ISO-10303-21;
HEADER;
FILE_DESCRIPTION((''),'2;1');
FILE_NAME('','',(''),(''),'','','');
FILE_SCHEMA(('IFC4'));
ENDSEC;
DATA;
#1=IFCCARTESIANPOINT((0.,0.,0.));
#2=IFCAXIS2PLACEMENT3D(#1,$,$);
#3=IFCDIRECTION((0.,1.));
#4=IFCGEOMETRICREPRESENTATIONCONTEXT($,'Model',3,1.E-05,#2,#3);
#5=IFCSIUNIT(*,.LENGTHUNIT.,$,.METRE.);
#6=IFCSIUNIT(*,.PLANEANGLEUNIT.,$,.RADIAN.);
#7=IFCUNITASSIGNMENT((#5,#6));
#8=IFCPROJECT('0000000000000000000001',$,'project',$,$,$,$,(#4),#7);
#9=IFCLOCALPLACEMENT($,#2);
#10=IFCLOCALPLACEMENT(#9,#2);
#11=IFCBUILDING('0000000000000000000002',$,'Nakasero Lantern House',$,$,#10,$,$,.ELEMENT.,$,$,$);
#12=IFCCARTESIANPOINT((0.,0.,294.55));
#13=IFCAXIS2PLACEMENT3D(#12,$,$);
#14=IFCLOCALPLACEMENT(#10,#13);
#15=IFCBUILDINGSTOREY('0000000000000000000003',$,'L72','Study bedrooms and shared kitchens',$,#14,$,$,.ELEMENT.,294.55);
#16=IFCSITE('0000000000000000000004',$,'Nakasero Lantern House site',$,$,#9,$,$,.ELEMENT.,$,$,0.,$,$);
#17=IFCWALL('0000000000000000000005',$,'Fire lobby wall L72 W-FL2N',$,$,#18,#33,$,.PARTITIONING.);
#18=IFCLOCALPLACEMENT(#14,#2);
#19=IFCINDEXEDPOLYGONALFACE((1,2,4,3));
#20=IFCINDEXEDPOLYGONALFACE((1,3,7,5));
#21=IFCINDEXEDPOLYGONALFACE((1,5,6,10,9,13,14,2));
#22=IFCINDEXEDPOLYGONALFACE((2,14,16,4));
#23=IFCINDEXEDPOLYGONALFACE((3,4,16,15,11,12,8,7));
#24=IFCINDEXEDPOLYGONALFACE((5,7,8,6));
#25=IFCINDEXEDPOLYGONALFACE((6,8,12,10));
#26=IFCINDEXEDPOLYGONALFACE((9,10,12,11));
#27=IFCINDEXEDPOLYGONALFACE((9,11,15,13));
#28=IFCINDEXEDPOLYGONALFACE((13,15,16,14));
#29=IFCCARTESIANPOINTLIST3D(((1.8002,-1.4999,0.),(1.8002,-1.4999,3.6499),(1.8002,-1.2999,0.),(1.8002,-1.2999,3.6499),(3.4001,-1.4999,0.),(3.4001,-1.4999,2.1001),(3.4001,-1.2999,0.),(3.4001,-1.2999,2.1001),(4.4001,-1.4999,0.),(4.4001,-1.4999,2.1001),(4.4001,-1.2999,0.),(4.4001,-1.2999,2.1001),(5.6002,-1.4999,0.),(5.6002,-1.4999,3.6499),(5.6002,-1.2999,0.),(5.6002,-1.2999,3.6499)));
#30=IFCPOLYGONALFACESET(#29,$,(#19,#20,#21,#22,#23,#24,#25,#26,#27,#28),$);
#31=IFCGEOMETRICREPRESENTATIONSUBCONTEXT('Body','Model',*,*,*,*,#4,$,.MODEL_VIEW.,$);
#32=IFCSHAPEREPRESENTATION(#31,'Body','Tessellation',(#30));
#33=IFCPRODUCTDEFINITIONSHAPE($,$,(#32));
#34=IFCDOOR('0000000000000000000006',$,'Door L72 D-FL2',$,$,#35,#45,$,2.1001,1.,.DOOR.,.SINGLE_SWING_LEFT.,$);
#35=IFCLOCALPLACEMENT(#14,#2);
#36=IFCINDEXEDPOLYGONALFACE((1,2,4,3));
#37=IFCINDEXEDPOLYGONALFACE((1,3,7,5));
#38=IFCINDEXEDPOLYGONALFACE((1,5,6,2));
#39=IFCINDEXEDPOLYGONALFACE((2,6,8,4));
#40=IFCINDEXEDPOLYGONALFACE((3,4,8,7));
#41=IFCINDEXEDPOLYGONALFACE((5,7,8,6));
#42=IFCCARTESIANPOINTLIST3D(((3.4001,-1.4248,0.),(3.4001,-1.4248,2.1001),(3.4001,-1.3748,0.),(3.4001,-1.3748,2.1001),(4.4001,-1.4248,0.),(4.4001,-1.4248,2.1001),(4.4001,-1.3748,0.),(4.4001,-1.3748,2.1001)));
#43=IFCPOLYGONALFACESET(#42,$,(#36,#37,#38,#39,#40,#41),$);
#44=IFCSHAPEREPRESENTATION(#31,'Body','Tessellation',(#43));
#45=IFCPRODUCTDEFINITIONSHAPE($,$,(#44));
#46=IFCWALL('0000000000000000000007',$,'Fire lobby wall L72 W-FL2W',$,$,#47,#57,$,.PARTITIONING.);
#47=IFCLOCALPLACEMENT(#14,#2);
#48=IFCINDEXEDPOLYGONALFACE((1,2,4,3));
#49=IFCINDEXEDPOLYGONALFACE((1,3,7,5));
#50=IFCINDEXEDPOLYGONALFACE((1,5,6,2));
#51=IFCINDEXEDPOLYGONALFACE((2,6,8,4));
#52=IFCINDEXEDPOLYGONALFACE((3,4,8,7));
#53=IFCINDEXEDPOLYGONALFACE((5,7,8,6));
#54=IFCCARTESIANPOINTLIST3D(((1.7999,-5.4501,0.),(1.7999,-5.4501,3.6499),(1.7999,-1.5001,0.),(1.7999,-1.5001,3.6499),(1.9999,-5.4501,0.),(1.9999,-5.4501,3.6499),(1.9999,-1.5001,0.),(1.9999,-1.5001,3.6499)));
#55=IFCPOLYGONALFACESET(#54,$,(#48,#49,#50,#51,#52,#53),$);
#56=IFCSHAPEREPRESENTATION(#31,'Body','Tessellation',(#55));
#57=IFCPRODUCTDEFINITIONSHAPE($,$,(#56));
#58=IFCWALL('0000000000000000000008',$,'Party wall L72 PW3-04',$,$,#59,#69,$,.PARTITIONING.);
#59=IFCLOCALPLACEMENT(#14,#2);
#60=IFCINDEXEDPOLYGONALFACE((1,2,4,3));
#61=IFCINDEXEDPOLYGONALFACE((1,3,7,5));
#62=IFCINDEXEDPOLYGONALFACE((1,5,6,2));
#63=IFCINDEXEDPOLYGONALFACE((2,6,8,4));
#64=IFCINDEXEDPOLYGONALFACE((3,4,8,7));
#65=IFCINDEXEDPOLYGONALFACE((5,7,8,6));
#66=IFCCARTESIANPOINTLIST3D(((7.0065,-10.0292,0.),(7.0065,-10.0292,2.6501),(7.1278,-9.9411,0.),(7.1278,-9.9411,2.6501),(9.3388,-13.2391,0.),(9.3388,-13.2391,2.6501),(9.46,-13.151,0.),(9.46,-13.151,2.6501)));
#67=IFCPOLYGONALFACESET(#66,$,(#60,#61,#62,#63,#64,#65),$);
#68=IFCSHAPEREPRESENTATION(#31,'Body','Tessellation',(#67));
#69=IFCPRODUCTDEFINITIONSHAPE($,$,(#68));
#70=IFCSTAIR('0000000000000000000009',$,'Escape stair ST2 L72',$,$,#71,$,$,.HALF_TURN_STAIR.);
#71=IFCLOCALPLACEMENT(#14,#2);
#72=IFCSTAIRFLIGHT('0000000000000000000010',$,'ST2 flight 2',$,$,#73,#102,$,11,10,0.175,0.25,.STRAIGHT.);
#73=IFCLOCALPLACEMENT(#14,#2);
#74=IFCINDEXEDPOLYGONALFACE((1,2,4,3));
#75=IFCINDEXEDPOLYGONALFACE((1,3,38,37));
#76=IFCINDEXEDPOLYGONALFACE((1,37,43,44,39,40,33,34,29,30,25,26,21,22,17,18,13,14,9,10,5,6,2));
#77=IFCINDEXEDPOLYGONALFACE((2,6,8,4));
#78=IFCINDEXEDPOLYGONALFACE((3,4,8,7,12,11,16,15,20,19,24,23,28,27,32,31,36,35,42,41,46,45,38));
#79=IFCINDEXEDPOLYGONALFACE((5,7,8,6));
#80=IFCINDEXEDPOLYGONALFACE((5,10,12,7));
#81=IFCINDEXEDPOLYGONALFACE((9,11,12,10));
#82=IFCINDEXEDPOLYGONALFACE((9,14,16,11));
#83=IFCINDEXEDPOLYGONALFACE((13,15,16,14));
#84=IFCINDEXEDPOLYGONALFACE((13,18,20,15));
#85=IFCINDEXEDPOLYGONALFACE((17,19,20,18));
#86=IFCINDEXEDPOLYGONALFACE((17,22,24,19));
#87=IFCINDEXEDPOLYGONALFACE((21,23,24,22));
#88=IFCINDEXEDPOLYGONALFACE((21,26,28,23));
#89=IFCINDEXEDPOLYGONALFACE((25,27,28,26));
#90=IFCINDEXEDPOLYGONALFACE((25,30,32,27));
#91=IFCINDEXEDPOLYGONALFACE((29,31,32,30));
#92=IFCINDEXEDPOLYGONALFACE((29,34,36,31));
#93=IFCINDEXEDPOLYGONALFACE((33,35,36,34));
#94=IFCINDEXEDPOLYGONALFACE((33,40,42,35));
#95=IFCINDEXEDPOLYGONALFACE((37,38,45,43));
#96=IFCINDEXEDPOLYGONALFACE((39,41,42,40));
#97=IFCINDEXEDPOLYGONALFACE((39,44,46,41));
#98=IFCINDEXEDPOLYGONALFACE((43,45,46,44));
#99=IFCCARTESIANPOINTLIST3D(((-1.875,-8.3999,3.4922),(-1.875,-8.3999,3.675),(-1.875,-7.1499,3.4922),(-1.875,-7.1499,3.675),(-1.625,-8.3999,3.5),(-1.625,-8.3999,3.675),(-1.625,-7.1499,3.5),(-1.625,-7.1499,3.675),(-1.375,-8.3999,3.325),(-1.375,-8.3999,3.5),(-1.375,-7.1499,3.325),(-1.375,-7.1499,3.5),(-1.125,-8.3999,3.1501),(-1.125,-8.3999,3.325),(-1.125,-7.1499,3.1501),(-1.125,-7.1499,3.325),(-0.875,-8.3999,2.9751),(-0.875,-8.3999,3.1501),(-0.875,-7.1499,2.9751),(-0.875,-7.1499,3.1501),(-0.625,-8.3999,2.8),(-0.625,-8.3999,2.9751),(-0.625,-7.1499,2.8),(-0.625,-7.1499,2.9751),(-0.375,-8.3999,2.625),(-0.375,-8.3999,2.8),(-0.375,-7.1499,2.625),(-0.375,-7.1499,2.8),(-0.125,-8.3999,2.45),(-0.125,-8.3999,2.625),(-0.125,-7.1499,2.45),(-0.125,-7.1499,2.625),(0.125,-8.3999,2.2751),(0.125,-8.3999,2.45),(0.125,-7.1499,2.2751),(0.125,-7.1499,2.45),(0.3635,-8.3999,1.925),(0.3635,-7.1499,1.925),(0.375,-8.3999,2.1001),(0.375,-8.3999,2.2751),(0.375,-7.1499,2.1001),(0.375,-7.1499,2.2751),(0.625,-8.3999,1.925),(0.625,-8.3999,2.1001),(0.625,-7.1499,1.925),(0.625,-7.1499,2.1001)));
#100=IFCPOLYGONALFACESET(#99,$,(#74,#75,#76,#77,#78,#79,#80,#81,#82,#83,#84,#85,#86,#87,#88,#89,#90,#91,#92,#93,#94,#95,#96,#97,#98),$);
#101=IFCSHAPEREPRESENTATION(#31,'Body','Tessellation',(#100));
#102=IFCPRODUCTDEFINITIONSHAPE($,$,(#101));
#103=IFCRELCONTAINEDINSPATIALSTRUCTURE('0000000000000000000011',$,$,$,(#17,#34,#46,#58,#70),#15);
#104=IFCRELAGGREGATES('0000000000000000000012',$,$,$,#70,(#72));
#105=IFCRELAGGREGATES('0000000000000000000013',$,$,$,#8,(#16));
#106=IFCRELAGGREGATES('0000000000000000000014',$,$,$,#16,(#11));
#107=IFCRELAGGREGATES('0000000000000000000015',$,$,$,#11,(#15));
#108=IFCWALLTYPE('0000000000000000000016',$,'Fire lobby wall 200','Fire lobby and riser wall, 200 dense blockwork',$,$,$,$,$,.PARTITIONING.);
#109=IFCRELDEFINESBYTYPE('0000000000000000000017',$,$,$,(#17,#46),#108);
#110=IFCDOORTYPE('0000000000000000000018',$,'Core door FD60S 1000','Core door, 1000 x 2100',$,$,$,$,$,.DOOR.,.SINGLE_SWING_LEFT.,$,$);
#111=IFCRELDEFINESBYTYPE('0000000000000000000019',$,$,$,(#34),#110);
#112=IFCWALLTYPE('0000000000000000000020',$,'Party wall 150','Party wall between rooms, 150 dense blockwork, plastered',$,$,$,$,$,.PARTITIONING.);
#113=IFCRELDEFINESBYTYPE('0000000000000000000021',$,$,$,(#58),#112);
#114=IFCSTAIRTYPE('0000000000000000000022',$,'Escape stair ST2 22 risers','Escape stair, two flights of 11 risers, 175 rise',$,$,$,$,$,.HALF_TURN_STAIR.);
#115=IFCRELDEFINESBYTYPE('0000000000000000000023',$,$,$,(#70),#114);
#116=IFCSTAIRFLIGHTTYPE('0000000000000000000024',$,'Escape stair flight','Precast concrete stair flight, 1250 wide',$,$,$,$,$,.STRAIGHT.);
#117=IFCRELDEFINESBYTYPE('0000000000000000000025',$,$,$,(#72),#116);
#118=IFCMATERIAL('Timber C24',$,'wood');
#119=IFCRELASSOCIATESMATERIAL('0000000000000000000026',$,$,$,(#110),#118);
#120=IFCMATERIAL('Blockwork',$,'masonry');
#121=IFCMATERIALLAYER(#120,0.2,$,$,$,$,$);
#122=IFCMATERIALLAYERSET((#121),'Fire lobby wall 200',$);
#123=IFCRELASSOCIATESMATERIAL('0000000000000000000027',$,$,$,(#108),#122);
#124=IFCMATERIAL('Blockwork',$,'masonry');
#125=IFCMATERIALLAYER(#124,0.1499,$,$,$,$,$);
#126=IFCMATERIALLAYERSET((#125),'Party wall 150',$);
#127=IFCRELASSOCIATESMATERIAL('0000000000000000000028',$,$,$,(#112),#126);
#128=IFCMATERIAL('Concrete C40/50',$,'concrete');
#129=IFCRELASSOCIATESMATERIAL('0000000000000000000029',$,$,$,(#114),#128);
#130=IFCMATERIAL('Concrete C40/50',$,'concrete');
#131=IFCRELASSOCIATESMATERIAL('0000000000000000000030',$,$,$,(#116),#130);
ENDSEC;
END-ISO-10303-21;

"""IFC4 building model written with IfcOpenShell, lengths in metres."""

from ifc_helpers import new_model, si_unit, direction, frame, frame_2d, origin, place, context, subcontext, project, spatial, polyline, rectangle, outline, extrude, material, layer, layer_set, type_object, element, fill, aggregate, save


model = new_model("IFC4")

# Units and contexts
model_context = context("Model", 3, precision=1e-05, world=origin(), true_north=direction((0.0, 1.0)))
body_context = subcontext(model_context, "Body", "Model", "MODEL_VIEW")
ifc_project = project(units=[si_unit("LENGTHUNIT", "METRE"), si_unit("PLANEANGLEUNIT", "RADIAN")], contexts=[model_context])

# Site, building, storey
site_placement = place(None, origin())
site = spatial("IfcSite", under=ifc_project, at=site_placement, Name="Nakasero Lantern House site", CompositionType="ELEMENT", RefElevation=0.0)
building_placement = place(site_placement, origin())
building = spatial("IfcBuilding", under=site, at=building_placement, Name="Nakasero Lantern House", CompositionType="ELEMENT")
storey_placement = place(building_placement, frame((0.0, 0.0, 294.55)))
storey = spatial("IfcBuildingStorey", under=building, at=storey_placement, Name="L72", Description="Study bedrooms and shared kitchens", CompositionType="ELEMENT", Elevation=294.55)

# Shared definitions
ifc_material_1 = material(Name="Timber C24", Category="wood")
door_type_1 = type_object("IfcDoorType", Name="Core door FD60S 1000", Description="Core door, 1000 x 2100", OperationType="SINGLE_SWING_LEFT", PredefinedType="DOOR", material=ifc_material_1)

# Wall, opening, door
ifc_material_2 = material(Name="Blockwork", Category="masonry")
ifc_layer_1 = layer(ifc_material_2, 0.2)
ifc_layer_set_1 = layer_set([ifc_layer_1], Name="Fire lobby wall 200")
wall_type_1 = type_object("IfcWallType", Name="Fire lobby wall 200", Description="Fire lobby and riser wall, 200 dense blockwork", PredefinedType="PARTITIONING", material=ifc_layer_set_1)
wall_1_placement = place(storey_placement, frame((5.6001, -1.3999, 0.0), z_axis=(0.0, 0.0, 1.0), x_axis=(-1.0, 0.0, 0.0)))
wall_1 = element("IfcWall", 1, at=wall_1_placement, inside=storey, type_object=wall_type_1, Name="Fire lobby wall L72 W-FL2N", PredefinedType="PARTITIONING", context=body_context, shape_type="SweptSolid", body=[
    extrude(rectangle(XDim=3.8, YDim=0.2, at=frame_2d((1.8999, 0.0))), origin(), (0.0, 0.0, 1.0), 3.6499),
])
opening_1_placement = place(wall_1_placement, frame((1.2, 0.0, 0.0)))
opening_1 = element("IfcOpeningElement", 2, at=opening_1_placement, cuts=wall_1, PredefinedType="OPENING", context=body_context, shape_type="SweptSolid", body=[
    extrude(rectangle(XDim=1.0, YDim=2.1001, at=frame_2d((0.5, 1.05))), frame((0.0, 0.1199, 0.0), z_axis=(0.0, -1.0, 0.0), x_axis=(1.0, 0.0, 0.0)), (0.0, 0.0, 1.0), 0.24),
])
door_1_placement = place(opening_1_placement, origin())
door_1 = element("IfcDoor", 3, at=door_1_placement, inside=storey, type_object=door_type_1, Name="Door L72 D-FL2", OperationType="SINGLE_SWING_LEFT", OverallHeight=2.1001, OverallWidth=1.0, PredefinedType="DOOR", context=body_context, shape_type="SweptSolid", body=[
    extrude(rectangle(XDim=1.0, YDim=2.1001, at=frame_2d((0.5, 1.05))), frame((0.0, 0.0249, 0.0), z_axis=(0.0, -1.0, 0.0), x_axis=(1.0, 0.0, 0.0)), (0.0, 0.0, 1.0), 0.05),
])
fill(opening_1, door_1)

# Walls
wall_2_placement = place(storey_placement, frame((1.8999, -1.5, 0.0), z_axis=(0.0, 0.0, 1.0), x_axis=(0.0, -1.0, 0.0)))
element("IfcWall", 4, at=wall_2_placement, inside=storey, type_object=wall_type_1, Name="Fire lobby wall L72 W-FL2W", PredefinedType="PARTITIONING", context=body_context, shape_type="SweptSolid", body=[
    extrude(rectangle(XDim=3.95, YDim=0.2, at=frame_2d((1.9751, 0.0))), origin(), (0.0, 0.0, 1.0), 3.6499),
])
ifc_material_3 = material(Name="Blockwork", Category="masonry")
ifc_layer_2 = layer(ifc_material_3, 0.1499)
ifc_layer_set_2 = layer_set([ifc_layer_2], Name="Party wall 150")
wall_type_2 = type_object("IfcWallType", Name="Party wall 150", Description="Party wall between rooms, 150 dense blockwork, plastered", PredefinedType="PARTITIONING", material=ifc_layer_set_2)
wall_3_placement = place(storey_placement, frame((7.0671, -9.9851, 0.0), z_axis=(0.0, 0.0, 1.0), x_axis=(0.587802, -0.809005, 0.0)))
element("IfcWall", 5, at=wall_3_placement, inside=storey, type_object=wall_type_2, Name="Party wall L72 PW3-04", PredefinedType="PARTITIONING", context=body_context, shape_type="SweptSolid", body=[
    extrude(rectangle(XDim=3.9678, YDim=0.1499, at=frame_2d((1.9839, 0.0))), origin(), (0.0, 0.0, 1.0), 2.6501),
])

# Stair, stair flight
ifc_material_4 = material(Name="Concrete C40/50", Category="concrete")
stair_type_1 = type_object("IfcStairType", Name="Escape stair ST2 22 risers", Description="Escape stair, two flights of 11 risers, 175 rise", PredefinedType="HALF_TURN_STAIR", material=ifc_material_4)
stair_1_placement = place(storey_placement, origin())
stair_1 = element("IfcStair", 6, at=stair_1_placement, inside=storey, type_object=stair_type_1, Name="Escape stair ST2 L72", PredefinedType="HALF_TURN_STAIR")
ifc_material_5 = material(Name="Concrete C40/50", Category="concrete")
stair_flight_type = type_object("IfcStairFlightType", Name="Escape stair flight", Description="Precast concrete stair flight, 1250 wide", PredefinedType="STRAIGHT", material=ifc_material_5)
stair_flight_placement = place(storey_placement, frame((0.625, -7.7749, 1.925), z_axis=(0.0, 0.0, 1.0), x_axis=(-1.0, 0.0, 0.0)))
stair_flight = element("IfcStairFlight", 7, at=stair_flight_placement, type_object=stair_flight_type, Name="ST2 flight 2", NumberOfRisers=11, NumberOfTreads=10, PredefinedType="STRAIGHT", RiserHeight=0.175, TreadLength=0.25, context=body_context, shape_type="SweptSolid", body=[
    extrude(outline(polyline([(0.0, 0.0), (0.0, 0.175), (0.25, 0.175), (0.25, 0.3501), (0.5, 0.3501), (0.5, 0.5249), (0.75, 0.5249), (0.75, 0.7), (1.0, 0.7), (1.0, 0.875), (1.25, 0.875), (1.25, 1.05), (1.5, 1.05), (1.5, 1.2251), (1.75, 1.2251), (1.75, 1.3999), (2.0, 1.3999), (2.0, 1.575), (2.25, 1.575), (2.25, 1.75), (2.5, 1.75), (2.5, 1.925), (2.5, 1.5671), (0.2615, 0.0), (0.0, 0.0)])), frame((0.0, 0.625, 0.0), z_axis=(0.0, -1.0, 0.0), x_axis=(1.0, 0.0, 0.0)), (0.0, 0.0, 1.0), 1.25),
])
aggregate(stair_1, [stair_flight])

save(model, "model.ifc")
